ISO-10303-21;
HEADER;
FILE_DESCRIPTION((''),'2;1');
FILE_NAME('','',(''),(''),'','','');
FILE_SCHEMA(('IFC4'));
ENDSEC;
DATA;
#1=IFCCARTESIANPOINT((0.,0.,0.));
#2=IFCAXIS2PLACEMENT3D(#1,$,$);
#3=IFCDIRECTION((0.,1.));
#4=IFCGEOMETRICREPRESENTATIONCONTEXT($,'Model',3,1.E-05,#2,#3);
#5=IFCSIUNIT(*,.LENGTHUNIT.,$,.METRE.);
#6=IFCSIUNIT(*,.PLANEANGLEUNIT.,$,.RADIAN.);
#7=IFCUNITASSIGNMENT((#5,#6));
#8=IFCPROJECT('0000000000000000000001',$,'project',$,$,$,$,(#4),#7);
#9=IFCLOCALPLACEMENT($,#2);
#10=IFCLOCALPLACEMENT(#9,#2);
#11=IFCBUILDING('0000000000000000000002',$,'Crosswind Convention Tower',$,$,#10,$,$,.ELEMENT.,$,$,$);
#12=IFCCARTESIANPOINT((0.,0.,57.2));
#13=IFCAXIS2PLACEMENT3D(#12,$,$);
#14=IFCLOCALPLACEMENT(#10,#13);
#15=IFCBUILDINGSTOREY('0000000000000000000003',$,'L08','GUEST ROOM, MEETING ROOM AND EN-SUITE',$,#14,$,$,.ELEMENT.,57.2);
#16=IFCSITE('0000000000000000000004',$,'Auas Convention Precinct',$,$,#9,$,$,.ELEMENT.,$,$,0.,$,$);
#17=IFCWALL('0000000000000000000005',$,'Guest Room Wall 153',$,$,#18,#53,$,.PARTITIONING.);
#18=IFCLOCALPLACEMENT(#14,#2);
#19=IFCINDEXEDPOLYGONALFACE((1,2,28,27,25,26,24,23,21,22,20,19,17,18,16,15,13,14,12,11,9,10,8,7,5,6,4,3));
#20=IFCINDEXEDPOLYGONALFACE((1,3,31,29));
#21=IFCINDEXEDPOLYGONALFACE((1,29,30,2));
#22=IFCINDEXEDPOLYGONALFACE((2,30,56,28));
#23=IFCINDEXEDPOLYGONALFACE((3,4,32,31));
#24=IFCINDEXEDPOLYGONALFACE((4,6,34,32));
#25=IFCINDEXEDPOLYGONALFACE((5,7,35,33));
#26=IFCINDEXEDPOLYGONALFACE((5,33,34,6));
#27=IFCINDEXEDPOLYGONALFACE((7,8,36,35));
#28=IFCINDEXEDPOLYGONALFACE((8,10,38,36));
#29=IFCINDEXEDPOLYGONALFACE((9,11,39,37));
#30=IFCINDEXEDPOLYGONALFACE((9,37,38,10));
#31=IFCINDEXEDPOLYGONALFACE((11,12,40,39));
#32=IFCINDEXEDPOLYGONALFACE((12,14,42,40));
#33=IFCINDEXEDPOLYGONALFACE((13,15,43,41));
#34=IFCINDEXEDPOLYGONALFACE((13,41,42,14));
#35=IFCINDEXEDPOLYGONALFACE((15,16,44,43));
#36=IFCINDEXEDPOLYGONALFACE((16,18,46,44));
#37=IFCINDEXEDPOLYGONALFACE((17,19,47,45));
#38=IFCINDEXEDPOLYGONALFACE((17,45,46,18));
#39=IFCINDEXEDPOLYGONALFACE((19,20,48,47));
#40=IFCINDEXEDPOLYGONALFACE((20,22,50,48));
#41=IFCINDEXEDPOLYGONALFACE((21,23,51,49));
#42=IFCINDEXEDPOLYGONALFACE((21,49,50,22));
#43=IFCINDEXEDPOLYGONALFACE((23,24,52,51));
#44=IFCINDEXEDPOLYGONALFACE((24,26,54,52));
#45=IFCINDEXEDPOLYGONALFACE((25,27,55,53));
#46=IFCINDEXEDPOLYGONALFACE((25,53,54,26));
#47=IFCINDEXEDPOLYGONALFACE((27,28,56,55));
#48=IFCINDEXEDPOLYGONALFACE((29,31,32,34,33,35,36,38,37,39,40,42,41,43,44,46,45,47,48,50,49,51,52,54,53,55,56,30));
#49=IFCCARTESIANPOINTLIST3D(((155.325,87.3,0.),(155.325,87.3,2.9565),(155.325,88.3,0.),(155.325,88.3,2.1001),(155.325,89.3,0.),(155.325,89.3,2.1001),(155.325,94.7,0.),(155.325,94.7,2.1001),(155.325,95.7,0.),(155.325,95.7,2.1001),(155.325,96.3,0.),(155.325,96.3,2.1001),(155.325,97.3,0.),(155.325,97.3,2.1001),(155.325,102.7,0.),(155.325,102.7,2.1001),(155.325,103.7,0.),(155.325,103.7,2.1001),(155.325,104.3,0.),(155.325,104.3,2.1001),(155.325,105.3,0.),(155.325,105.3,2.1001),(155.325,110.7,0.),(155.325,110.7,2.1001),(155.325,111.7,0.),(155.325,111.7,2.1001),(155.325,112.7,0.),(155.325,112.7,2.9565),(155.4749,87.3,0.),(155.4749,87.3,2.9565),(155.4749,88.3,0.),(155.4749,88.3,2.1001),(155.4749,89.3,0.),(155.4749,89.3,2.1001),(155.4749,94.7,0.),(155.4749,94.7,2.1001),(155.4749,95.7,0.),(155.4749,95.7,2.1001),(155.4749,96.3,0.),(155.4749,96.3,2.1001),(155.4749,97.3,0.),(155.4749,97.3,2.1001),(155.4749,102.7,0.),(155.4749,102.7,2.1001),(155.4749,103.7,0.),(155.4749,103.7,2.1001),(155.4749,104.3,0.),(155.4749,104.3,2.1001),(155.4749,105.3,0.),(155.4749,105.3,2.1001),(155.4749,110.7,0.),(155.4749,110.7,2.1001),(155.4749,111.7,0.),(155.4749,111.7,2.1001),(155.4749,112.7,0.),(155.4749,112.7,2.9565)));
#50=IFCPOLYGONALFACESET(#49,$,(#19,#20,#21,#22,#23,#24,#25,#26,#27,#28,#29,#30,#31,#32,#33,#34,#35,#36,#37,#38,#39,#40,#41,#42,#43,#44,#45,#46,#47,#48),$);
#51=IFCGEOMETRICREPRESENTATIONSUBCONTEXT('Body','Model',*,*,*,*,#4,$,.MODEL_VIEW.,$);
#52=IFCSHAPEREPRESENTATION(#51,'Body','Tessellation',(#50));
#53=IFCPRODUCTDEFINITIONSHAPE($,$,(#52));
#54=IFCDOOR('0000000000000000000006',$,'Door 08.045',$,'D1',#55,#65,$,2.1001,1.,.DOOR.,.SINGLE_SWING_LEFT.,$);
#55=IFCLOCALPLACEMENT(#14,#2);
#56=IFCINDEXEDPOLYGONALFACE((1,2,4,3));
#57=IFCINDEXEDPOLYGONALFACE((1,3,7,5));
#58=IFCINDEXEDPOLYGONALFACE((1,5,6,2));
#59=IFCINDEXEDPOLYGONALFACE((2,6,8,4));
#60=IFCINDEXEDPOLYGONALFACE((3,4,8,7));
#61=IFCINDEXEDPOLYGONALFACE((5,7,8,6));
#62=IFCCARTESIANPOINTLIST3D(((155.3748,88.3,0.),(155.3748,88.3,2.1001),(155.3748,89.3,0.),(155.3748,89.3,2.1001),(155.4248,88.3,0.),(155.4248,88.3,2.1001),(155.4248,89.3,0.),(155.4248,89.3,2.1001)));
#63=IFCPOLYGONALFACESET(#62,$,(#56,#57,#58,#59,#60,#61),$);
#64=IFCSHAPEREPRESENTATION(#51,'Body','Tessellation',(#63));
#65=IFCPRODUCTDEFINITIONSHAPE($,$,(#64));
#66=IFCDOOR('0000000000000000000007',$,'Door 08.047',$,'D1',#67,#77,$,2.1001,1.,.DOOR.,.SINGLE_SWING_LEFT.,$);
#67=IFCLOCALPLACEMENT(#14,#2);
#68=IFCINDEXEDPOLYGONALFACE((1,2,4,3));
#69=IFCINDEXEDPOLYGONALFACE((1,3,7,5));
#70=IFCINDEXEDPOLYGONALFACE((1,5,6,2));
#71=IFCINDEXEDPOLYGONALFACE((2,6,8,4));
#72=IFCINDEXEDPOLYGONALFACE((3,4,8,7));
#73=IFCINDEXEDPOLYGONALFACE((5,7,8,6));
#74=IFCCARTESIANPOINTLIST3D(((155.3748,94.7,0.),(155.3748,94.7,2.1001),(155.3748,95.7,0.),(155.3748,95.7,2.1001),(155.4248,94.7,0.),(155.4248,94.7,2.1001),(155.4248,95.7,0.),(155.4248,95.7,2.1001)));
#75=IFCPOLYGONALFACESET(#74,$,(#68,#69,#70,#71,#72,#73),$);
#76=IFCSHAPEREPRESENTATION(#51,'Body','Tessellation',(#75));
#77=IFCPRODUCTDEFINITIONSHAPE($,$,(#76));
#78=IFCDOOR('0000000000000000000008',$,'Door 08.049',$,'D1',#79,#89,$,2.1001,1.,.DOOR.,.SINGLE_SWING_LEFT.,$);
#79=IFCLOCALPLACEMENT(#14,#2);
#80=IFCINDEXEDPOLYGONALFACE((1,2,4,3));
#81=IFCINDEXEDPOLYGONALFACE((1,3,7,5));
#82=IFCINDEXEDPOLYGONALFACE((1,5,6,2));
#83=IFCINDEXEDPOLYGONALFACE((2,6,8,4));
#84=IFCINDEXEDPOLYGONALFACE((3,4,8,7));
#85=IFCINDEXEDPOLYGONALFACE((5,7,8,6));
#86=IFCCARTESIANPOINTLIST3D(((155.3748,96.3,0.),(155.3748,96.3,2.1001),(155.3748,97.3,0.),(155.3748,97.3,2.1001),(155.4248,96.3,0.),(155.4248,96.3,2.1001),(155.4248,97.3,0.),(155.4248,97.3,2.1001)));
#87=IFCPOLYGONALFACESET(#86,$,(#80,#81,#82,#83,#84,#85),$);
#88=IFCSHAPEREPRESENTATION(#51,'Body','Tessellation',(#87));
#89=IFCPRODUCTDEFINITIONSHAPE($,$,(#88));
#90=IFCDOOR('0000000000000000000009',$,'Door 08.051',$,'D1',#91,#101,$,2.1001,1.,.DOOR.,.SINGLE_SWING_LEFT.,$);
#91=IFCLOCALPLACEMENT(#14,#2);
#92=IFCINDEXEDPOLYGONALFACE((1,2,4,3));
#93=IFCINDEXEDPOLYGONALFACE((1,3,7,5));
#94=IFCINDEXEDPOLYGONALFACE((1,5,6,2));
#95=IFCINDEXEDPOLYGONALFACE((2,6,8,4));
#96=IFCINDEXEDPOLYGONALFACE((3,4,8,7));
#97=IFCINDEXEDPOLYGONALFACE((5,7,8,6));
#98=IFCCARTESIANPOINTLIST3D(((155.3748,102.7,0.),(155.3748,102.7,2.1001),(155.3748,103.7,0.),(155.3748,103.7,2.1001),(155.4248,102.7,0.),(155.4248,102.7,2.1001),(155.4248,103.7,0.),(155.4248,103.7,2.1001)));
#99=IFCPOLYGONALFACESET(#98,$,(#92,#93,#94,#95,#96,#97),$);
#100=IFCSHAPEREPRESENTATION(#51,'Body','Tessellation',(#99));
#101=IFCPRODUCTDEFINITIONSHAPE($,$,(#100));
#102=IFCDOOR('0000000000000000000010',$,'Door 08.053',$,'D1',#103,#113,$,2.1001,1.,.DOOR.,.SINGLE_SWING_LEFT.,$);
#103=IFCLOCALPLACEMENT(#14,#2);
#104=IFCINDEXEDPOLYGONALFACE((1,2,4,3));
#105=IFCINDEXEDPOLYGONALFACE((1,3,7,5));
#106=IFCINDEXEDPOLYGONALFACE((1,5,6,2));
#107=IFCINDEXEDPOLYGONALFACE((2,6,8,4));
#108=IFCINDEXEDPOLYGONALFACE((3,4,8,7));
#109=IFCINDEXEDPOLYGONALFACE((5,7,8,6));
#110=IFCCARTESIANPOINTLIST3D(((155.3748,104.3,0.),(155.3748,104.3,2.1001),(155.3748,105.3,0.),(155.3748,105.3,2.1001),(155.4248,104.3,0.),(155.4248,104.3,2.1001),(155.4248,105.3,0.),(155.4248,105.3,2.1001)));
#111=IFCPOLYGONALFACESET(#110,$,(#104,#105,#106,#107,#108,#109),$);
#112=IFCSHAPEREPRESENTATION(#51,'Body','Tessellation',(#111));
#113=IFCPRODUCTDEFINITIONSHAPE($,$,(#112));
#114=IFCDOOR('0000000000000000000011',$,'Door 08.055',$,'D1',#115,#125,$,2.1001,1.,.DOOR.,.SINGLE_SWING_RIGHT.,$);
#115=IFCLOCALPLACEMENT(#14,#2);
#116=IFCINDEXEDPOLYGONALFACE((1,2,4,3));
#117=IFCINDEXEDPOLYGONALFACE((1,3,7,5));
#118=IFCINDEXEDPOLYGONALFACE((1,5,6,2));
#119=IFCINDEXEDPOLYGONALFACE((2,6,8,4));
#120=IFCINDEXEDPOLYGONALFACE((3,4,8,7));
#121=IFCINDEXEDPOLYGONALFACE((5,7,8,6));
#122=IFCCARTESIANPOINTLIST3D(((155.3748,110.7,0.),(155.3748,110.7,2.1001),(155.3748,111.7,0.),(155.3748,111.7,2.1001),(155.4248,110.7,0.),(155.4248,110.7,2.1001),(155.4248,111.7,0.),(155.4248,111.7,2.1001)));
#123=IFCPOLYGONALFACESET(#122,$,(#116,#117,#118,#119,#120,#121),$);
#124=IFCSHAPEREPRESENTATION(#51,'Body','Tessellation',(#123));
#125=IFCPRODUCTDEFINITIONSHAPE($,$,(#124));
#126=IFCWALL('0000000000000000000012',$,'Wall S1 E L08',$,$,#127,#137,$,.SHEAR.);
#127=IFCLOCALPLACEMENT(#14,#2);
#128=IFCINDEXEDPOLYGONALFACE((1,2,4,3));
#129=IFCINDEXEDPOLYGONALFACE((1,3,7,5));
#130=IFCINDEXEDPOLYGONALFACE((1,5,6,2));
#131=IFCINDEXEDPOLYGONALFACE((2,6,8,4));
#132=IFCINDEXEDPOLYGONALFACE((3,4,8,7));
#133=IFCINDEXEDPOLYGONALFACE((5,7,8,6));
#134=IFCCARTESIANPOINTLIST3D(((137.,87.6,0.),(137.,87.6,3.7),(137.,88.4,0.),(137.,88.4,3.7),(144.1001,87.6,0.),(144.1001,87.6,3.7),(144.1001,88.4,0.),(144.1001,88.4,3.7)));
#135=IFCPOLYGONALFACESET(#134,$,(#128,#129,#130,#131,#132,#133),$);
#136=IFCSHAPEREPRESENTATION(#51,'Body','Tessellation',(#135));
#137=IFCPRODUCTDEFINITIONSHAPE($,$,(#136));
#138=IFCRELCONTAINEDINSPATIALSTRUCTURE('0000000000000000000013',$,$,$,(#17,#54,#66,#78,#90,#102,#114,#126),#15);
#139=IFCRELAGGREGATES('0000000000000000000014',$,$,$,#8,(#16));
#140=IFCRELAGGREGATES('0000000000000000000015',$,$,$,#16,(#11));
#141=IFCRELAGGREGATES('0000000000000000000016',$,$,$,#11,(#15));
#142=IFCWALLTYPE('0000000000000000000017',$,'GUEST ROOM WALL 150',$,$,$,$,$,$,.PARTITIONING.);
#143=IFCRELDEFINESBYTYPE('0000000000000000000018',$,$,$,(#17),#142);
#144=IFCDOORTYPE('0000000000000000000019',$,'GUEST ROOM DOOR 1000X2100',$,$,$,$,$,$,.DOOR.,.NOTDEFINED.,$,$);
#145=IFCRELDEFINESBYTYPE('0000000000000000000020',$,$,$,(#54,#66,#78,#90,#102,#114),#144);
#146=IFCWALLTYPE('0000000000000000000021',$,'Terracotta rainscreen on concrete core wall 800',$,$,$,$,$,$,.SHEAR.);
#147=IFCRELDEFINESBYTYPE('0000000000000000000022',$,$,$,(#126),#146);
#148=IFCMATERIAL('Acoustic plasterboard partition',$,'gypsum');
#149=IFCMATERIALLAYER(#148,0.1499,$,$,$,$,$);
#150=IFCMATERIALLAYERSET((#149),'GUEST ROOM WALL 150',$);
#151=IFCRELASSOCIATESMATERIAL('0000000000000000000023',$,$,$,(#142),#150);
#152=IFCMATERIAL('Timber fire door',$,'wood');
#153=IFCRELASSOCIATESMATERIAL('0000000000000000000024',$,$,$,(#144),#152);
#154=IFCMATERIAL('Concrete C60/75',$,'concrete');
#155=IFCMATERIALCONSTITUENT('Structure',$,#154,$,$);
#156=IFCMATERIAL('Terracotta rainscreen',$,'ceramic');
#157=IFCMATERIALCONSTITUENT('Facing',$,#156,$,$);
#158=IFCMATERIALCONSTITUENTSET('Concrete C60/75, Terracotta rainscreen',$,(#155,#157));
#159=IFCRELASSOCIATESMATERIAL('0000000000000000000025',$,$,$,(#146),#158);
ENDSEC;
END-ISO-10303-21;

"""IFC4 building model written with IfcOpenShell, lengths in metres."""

from ifc_helpers import new_model, si_unit, direction, frame, frame_2d, origin, place, context, subcontext, project, spatial, rectangle, extrude, material, layer, layer_set, constituent, constituent_set, type_object, element, fill, save


model = new_model("IFC4")

# Units and contexts
model_context = context("Model", 3, precision=1e-05, world=origin(), true_north=direction((0.0, 1.0)))
body_context = subcontext(model_context, "Body", "Model", "MODEL_VIEW")
ifc_project = project(units=[si_unit("LENGTHUNIT", "METRE"), si_unit("PLANEANGLEUNIT", "RADIAN")], contexts=[model_context])

# Site, building, storey
site_placement = place(None, origin())
site = spatial("IfcSite", under=ifc_project, at=site_placement, Name="Auas Convention Precinct", CompositionType="ELEMENT", RefElevation=0.0)
building_placement = place(site_placement, origin())
building = spatial("IfcBuilding", under=site, at=building_placement, Name="Crosswind Convention Tower", CompositionType="ELEMENT")
storey_placement = place(building_placement, frame((0.0, 0.0, 57.2)))
storey = spatial("IfcBuildingStorey", under=building, at=storey_placement, Name="L08", Description="GUEST ROOM, MEETING ROOM AND EN-SUITE", CompositionType="ELEMENT", Elevation=57.2)

# Shared definitions
ifc_material_1 = material(Name="Concrete C60/75", Category="concrete")

# Wall, openings, doors
ifc_material_2 = material(Name="Acoustic plasterboard partition", Category="gypsum")
ifc_layer_1 = layer(ifc_material_2, 0.1499)
ifc_layer_set_1 = layer_set([ifc_layer_1], Name="GUEST ROOM WALL 150")
wall_type_1 = type_object("IfcWallType", Name="GUEST ROOM WALL 150", PredefinedType="PARTITIONING", material=ifc_layer_set_1)
wall_1_placement = place(storey_placement, frame((155.3999, 87.3, 0.0), z_axis=(0.0, 0.0, 1.0), x_axis=(0.0, 1.0, 0.0)))
wall_1 = element("IfcWall", 1, at=wall_1_placement, inside=storey, type_object=wall_type_1, Name="Guest Room Wall 153", PredefinedType="PARTITIONING", context=body_context, shape_type="SweptSolid", body=[
    extrude(rectangle(XDim=25.3999, YDim=0.1499, at=frame_2d((12.7, 0.0))), origin(), (0.0, 0.0, 1.0), 2.9565),
])
opening_1_placement = place(wall_1_placement, frame((1.0, 0.0, 0.0)))
opening_1 = element("IfcOpeningElement", 2, at=opening_1_placement, cuts=wall_1, PredefinedType="OPENING", context=body_context, shape_type="SweptSolid", body=[
    extrude(rectangle(XDim=1.0, YDim=2.1001, at=frame_2d((0.5, 1.05))), frame((0.0, 0.085, 0.0), z_axis=(0.0, -1.0, 0.0), x_axis=(1.0, 0.0, 0.0)), (0.0, 0.0, 1.0), 0.1699),
])
opening_2_placement = place(wall_1_placement, frame((7.3999, 0.0, 0.0)))
opening_2 = element("IfcOpeningElement", 3, at=opening_2_placement, cuts=wall_1, PredefinedType="OPENING", context=body_context, shape_type="SweptSolid", body=[
    extrude(rectangle(XDim=1.0, YDim=2.1001, at=frame_2d((0.5, 1.05))), frame((0.0, 0.085, 0.0), z_axis=(0.0, -1.0, 0.0), x_axis=(1.0, 0.0, 0.0)), (0.0, 0.0, 1.0), 0.1699),
])
opening_3_placement = place(wall_1_placement, frame((9.0, 0.0, 0.0)))
opening_3 = element("IfcOpeningElement", 4, at=opening_3_placement, cuts=wall_1, PredefinedType="OPENING", context=body_context, shape_type="SweptSolid", body=[
    extrude(rectangle(XDim=1.0, YDim=2.1001, at=frame_2d((0.5, 1.05))), frame((0.0, 0.085, 0.0), z_axis=(0.0, -1.0, 0.0), x_axis=(1.0, 0.0, 0.0)), (0.0, 0.0, 1.0), 0.1699),
])
opening_4_placement = place(wall_1_placement, frame((15.3999, 0.0, 0.0)))
opening_4 = element("IfcOpeningElement", 5, at=opening_4_placement, cuts=wall_1, PredefinedType="OPENING", context=body_context, shape_type="SweptSolid", body=[
    extrude(rectangle(XDim=1.0, YDim=2.1001, at=frame_2d((0.5, 1.05))), frame((0.0, 0.085, 0.0), z_axis=(0.0, -1.0, 0.0), x_axis=(1.0, 0.0, 0.0)), (0.0, 0.0, 1.0), 0.1699),
])
opening_5_placement = place(wall_1_placement, frame((17.0, 0.0, 0.0)))
opening_5 = element("IfcOpeningElement", 6, at=opening_5_placement, cuts=wall_1, PredefinedType="OPENING", context=body_context, shape_type="SweptSolid", body=[
    extrude(rectangle(XDim=1.0, YDim=2.1001, at=frame_2d((0.5, 1.05))), frame((0.0, 0.085, 0.0), z_axis=(0.0, -1.0, 0.0), x_axis=(1.0, 0.0, 0.0)), (0.0, 0.0, 1.0), 0.1699),
])
opening_6_placement = place(wall_1_placement, frame((23.3999, 0.0, 0.0)))
opening_6 = element("IfcOpeningElement", 7, at=opening_6_placement, cuts=wall_1, PredefinedType="OPENING", context=body_context, shape_type="SweptSolid", body=[
    extrude(rectangle(XDim=1.0, YDim=2.1001, at=frame_2d((0.5, 1.05))), frame((0.0, 0.085, 0.0), z_axis=(0.0, -1.0, 0.0), x_axis=(1.0, 0.0, 0.0)), (0.0, 0.0, 1.0), 0.1699),
])
ifc_material_3 = material(Name="Timber fire door", Category="wood")
door_type = type_object("IfcDoorType", Name="GUEST ROOM DOOR 1000X2100", OperationType="NOTDEFINED", PredefinedType="DOOR", material=ifc_material_3)
door_1_placement = place(opening_1_placement, frame((1.0, 0.0, 0.0), z_axis=(0.0, 0.0, 1.0), x_axis=(-1.0, 0.0, 0.0)))
door_1 = element("IfcDoor", 8, at=door_1_placement, inside=storey, type_object=door_type, Name="Door 08.045", ObjectType="D1", OperationType="SINGLE_SWING_LEFT", OverallHeight=2.1001, OverallWidth=1.0, PredefinedType="DOOR", context=body_context, shape_type="SweptSolid", body=[
    extrude(rectangle(XDim=1.0, YDim=2.1001, at=frame_2d((0.5, 1.05))), frame((0.0, 0.0249, 0.0), z_axis=(0.0, -1.0, 0.0), x_axis=(1.0, 0.0, 0.0)), (0.0, 0.0, 1.0), 0.05),
])
fill(opening_1, door_1)
door_2_placement = place(opening_2_placement, frame((1.0, 0.0, 0.0), z_axis=(0.0, 0.0, 1.0), x_axis=(-1.0, 0.0, 0.0)))
door_2 = element("IfcDoor", 9, at=door_2_placement, inside=storey, type_object=door_type, Name="Door 08.047", ObjectType="D1", OperationType="SINGLE_SWING_LEFT", OverallHeight=2.1001, OverallWidth=1.0, PredefinedType="DOOR", context=body_context, shape_type="SweptSolid", body=[
    extrude(rectangle(XDim=1.0, YDim=2.1001, at=frame_2d((0.5, 1.05))), frame((0.0, 0.0249, 0.0), z_axis=(0.0, -1.0, 0.0), x_axis=(1.0, 0.0, 0.0)), (0.0, 0.0, 1.0), 0.05),
])
fill(opening_2, door_2)
door_3_placement = place(opening_3_placement, frame((1.0, 0.0, 0.0), z_axis=(0.0, 0.0, 1.0), x_axis=(-1.0, 0.0, 0.0)))
door_3 = element("IfcDoor", 10, at=door_3_placement, inside=storey, type_object=door_type, Name="Door 08.049", ObjectType="D1", OperationType="SINGLE_SWING_LEFT", OverallHeight=2.1001, OverallWidth=1.0, PredefinedType="DOOR", context=body_context, shape_type="SweptSolid", body=[
    extrude(rectangle(XDim=1.0, YDim=2.1001, at=frame_2d((0.5, 1.05))), frame((0.0, 0.0249, 0.0), z_axis=(0.0, -1.0, 0.0), x_axis=(1.0, 0.0, 0.0)), (0.0, 0.0, 1.0), 0.05),
])
fill(opening_3, door_3)
door_4_placement = place(opening_4_placement, frame((1.0, 0.0, 0.0), z_axis=(0.0, 0.0, 1.0), x_axis=(-1.0, 0.0, 0.0)))
door_4 = element("IfcDoor", 11, at=door_4_placement, inside=storey, type_object=door_type, Name="Door 08.051", ObjectType="D1", OperationType="SINGLE_SWING_LEFT", OverallHeight=2.1001, OverallWidth=1.0, PredefinedType="DOOR", context=body_context, shape_type="SweptSolid", body=[
    extrude(rectangle(XDim=1.0, YDim=2.1001, at=frame_2d((0.5, 1.05))), frame((0.0, 0.0249, 0.0), z_axis=(0.0, -1.0, 0.0), x_axis=(1.0, 0.0, 0.0)), (0.0, 0.0, 1.0), 0.05),
])
fill(opening_4, door_4)
door_5_placement = place(opening_5_placement, frame((1.0, 0.0, 0.0), z_axis=(0.0, 0.0, 1.0), x_axis=(-1.0, 0.0, 0.0)))
door_5 = element("IfcDoor", 12, at=door_5_placement, inside=storey, type_object=door_type, Name="Door 08.053", ObjectType="D1", OperationType="SINGLE_SWING_LEFT", OverallHeight=2.1001, OverallWidth=1.0, PredefinedType="DOOR", context=body_context, shape_type="SweptSolid", body=[
    extrude(rectangle(XDim=1.0, YDim=2.1001, at=frame_2d((0.5, 1.05))), frame((0.0, 0.0249, 0.0), z_axis=(0.0, -1.0, 0.0), x_axis=(1.0, 0.0, 0.0)), (0.0, 0.0, 1.0), 0.05),
])
fill(opening_5, door_5)
door_6_placement = place(opening_6_placement, frame((1.0, 0.0, 0.0), z_axis=(0.0, 0.0, 1.0), x_axis=(-1.0, 0.0, 0.0)))
door_6 = element("IfcDoor", 13, at=door_6_placement, inside=storey, type_object=door_type, Name="Door 08.055", ObjectType="D1", OperationType="SINGLE_SWING_RIGHT", OverallHeight=2.1001, OverallWidth=1.0, PredefinedType="DOOR", context=body_context, shape_type="SweptSolid", body=[
    extrude(rectangle(XDim=1.0, YDim=2.1001, at=frame_2d((0.5, 1.05))), frame((0.0, 0.0249, 0.0), z_axis=(0.0, -1.0, 0.0), x_axis=(1.0, 0.0, 0.0)), (0.0, 0.0, 1.0), 0.05),
])
fill(opening_6, door_6)

# Wall
ifc_constituent_1 = constituent(ifc_material_1, Name="Structure")
ifc_material_4 = material(Name="Terracotta rainscreen", Category="ceramic")
ifc_constituent_2 = constituent(ifc_material_4, Name="Facing")
ifc_constituent_set = constituent_set(constituents=[ifc_constituent_1, ifc_constituent_2], Name="Concrete C60/75, Terracotta rainscreen")
wall_type_2 = type_object("IfcWallType", Name="Terracotta rainscreen on concrete core wall 800", PredefinedType="SHEAR", material=ifc_constituent_set)
wall_2_placement = place(storey_placement, frame((137.0, 88.0, 0.0), z_axis=(0.0, 0.0, 1.0), x_axis=(1.0, 0.0, 0.0)))
element("IfcWall", 14, at=wall_2_placement, inside=storey, type_object=wall_type_2, Name="Wall S1 E L08", PredefinedType="SHEAR", context=body_context, shape_type="SweptSolid", body=[
    extrude(rectangle(XDim=7.1001, YDim=0.8, at=frame_2d((3.55, 0.0))), origin(), (0.0, 0.0, 1.0), 3.7),
])

save(model, "model.ifc")
